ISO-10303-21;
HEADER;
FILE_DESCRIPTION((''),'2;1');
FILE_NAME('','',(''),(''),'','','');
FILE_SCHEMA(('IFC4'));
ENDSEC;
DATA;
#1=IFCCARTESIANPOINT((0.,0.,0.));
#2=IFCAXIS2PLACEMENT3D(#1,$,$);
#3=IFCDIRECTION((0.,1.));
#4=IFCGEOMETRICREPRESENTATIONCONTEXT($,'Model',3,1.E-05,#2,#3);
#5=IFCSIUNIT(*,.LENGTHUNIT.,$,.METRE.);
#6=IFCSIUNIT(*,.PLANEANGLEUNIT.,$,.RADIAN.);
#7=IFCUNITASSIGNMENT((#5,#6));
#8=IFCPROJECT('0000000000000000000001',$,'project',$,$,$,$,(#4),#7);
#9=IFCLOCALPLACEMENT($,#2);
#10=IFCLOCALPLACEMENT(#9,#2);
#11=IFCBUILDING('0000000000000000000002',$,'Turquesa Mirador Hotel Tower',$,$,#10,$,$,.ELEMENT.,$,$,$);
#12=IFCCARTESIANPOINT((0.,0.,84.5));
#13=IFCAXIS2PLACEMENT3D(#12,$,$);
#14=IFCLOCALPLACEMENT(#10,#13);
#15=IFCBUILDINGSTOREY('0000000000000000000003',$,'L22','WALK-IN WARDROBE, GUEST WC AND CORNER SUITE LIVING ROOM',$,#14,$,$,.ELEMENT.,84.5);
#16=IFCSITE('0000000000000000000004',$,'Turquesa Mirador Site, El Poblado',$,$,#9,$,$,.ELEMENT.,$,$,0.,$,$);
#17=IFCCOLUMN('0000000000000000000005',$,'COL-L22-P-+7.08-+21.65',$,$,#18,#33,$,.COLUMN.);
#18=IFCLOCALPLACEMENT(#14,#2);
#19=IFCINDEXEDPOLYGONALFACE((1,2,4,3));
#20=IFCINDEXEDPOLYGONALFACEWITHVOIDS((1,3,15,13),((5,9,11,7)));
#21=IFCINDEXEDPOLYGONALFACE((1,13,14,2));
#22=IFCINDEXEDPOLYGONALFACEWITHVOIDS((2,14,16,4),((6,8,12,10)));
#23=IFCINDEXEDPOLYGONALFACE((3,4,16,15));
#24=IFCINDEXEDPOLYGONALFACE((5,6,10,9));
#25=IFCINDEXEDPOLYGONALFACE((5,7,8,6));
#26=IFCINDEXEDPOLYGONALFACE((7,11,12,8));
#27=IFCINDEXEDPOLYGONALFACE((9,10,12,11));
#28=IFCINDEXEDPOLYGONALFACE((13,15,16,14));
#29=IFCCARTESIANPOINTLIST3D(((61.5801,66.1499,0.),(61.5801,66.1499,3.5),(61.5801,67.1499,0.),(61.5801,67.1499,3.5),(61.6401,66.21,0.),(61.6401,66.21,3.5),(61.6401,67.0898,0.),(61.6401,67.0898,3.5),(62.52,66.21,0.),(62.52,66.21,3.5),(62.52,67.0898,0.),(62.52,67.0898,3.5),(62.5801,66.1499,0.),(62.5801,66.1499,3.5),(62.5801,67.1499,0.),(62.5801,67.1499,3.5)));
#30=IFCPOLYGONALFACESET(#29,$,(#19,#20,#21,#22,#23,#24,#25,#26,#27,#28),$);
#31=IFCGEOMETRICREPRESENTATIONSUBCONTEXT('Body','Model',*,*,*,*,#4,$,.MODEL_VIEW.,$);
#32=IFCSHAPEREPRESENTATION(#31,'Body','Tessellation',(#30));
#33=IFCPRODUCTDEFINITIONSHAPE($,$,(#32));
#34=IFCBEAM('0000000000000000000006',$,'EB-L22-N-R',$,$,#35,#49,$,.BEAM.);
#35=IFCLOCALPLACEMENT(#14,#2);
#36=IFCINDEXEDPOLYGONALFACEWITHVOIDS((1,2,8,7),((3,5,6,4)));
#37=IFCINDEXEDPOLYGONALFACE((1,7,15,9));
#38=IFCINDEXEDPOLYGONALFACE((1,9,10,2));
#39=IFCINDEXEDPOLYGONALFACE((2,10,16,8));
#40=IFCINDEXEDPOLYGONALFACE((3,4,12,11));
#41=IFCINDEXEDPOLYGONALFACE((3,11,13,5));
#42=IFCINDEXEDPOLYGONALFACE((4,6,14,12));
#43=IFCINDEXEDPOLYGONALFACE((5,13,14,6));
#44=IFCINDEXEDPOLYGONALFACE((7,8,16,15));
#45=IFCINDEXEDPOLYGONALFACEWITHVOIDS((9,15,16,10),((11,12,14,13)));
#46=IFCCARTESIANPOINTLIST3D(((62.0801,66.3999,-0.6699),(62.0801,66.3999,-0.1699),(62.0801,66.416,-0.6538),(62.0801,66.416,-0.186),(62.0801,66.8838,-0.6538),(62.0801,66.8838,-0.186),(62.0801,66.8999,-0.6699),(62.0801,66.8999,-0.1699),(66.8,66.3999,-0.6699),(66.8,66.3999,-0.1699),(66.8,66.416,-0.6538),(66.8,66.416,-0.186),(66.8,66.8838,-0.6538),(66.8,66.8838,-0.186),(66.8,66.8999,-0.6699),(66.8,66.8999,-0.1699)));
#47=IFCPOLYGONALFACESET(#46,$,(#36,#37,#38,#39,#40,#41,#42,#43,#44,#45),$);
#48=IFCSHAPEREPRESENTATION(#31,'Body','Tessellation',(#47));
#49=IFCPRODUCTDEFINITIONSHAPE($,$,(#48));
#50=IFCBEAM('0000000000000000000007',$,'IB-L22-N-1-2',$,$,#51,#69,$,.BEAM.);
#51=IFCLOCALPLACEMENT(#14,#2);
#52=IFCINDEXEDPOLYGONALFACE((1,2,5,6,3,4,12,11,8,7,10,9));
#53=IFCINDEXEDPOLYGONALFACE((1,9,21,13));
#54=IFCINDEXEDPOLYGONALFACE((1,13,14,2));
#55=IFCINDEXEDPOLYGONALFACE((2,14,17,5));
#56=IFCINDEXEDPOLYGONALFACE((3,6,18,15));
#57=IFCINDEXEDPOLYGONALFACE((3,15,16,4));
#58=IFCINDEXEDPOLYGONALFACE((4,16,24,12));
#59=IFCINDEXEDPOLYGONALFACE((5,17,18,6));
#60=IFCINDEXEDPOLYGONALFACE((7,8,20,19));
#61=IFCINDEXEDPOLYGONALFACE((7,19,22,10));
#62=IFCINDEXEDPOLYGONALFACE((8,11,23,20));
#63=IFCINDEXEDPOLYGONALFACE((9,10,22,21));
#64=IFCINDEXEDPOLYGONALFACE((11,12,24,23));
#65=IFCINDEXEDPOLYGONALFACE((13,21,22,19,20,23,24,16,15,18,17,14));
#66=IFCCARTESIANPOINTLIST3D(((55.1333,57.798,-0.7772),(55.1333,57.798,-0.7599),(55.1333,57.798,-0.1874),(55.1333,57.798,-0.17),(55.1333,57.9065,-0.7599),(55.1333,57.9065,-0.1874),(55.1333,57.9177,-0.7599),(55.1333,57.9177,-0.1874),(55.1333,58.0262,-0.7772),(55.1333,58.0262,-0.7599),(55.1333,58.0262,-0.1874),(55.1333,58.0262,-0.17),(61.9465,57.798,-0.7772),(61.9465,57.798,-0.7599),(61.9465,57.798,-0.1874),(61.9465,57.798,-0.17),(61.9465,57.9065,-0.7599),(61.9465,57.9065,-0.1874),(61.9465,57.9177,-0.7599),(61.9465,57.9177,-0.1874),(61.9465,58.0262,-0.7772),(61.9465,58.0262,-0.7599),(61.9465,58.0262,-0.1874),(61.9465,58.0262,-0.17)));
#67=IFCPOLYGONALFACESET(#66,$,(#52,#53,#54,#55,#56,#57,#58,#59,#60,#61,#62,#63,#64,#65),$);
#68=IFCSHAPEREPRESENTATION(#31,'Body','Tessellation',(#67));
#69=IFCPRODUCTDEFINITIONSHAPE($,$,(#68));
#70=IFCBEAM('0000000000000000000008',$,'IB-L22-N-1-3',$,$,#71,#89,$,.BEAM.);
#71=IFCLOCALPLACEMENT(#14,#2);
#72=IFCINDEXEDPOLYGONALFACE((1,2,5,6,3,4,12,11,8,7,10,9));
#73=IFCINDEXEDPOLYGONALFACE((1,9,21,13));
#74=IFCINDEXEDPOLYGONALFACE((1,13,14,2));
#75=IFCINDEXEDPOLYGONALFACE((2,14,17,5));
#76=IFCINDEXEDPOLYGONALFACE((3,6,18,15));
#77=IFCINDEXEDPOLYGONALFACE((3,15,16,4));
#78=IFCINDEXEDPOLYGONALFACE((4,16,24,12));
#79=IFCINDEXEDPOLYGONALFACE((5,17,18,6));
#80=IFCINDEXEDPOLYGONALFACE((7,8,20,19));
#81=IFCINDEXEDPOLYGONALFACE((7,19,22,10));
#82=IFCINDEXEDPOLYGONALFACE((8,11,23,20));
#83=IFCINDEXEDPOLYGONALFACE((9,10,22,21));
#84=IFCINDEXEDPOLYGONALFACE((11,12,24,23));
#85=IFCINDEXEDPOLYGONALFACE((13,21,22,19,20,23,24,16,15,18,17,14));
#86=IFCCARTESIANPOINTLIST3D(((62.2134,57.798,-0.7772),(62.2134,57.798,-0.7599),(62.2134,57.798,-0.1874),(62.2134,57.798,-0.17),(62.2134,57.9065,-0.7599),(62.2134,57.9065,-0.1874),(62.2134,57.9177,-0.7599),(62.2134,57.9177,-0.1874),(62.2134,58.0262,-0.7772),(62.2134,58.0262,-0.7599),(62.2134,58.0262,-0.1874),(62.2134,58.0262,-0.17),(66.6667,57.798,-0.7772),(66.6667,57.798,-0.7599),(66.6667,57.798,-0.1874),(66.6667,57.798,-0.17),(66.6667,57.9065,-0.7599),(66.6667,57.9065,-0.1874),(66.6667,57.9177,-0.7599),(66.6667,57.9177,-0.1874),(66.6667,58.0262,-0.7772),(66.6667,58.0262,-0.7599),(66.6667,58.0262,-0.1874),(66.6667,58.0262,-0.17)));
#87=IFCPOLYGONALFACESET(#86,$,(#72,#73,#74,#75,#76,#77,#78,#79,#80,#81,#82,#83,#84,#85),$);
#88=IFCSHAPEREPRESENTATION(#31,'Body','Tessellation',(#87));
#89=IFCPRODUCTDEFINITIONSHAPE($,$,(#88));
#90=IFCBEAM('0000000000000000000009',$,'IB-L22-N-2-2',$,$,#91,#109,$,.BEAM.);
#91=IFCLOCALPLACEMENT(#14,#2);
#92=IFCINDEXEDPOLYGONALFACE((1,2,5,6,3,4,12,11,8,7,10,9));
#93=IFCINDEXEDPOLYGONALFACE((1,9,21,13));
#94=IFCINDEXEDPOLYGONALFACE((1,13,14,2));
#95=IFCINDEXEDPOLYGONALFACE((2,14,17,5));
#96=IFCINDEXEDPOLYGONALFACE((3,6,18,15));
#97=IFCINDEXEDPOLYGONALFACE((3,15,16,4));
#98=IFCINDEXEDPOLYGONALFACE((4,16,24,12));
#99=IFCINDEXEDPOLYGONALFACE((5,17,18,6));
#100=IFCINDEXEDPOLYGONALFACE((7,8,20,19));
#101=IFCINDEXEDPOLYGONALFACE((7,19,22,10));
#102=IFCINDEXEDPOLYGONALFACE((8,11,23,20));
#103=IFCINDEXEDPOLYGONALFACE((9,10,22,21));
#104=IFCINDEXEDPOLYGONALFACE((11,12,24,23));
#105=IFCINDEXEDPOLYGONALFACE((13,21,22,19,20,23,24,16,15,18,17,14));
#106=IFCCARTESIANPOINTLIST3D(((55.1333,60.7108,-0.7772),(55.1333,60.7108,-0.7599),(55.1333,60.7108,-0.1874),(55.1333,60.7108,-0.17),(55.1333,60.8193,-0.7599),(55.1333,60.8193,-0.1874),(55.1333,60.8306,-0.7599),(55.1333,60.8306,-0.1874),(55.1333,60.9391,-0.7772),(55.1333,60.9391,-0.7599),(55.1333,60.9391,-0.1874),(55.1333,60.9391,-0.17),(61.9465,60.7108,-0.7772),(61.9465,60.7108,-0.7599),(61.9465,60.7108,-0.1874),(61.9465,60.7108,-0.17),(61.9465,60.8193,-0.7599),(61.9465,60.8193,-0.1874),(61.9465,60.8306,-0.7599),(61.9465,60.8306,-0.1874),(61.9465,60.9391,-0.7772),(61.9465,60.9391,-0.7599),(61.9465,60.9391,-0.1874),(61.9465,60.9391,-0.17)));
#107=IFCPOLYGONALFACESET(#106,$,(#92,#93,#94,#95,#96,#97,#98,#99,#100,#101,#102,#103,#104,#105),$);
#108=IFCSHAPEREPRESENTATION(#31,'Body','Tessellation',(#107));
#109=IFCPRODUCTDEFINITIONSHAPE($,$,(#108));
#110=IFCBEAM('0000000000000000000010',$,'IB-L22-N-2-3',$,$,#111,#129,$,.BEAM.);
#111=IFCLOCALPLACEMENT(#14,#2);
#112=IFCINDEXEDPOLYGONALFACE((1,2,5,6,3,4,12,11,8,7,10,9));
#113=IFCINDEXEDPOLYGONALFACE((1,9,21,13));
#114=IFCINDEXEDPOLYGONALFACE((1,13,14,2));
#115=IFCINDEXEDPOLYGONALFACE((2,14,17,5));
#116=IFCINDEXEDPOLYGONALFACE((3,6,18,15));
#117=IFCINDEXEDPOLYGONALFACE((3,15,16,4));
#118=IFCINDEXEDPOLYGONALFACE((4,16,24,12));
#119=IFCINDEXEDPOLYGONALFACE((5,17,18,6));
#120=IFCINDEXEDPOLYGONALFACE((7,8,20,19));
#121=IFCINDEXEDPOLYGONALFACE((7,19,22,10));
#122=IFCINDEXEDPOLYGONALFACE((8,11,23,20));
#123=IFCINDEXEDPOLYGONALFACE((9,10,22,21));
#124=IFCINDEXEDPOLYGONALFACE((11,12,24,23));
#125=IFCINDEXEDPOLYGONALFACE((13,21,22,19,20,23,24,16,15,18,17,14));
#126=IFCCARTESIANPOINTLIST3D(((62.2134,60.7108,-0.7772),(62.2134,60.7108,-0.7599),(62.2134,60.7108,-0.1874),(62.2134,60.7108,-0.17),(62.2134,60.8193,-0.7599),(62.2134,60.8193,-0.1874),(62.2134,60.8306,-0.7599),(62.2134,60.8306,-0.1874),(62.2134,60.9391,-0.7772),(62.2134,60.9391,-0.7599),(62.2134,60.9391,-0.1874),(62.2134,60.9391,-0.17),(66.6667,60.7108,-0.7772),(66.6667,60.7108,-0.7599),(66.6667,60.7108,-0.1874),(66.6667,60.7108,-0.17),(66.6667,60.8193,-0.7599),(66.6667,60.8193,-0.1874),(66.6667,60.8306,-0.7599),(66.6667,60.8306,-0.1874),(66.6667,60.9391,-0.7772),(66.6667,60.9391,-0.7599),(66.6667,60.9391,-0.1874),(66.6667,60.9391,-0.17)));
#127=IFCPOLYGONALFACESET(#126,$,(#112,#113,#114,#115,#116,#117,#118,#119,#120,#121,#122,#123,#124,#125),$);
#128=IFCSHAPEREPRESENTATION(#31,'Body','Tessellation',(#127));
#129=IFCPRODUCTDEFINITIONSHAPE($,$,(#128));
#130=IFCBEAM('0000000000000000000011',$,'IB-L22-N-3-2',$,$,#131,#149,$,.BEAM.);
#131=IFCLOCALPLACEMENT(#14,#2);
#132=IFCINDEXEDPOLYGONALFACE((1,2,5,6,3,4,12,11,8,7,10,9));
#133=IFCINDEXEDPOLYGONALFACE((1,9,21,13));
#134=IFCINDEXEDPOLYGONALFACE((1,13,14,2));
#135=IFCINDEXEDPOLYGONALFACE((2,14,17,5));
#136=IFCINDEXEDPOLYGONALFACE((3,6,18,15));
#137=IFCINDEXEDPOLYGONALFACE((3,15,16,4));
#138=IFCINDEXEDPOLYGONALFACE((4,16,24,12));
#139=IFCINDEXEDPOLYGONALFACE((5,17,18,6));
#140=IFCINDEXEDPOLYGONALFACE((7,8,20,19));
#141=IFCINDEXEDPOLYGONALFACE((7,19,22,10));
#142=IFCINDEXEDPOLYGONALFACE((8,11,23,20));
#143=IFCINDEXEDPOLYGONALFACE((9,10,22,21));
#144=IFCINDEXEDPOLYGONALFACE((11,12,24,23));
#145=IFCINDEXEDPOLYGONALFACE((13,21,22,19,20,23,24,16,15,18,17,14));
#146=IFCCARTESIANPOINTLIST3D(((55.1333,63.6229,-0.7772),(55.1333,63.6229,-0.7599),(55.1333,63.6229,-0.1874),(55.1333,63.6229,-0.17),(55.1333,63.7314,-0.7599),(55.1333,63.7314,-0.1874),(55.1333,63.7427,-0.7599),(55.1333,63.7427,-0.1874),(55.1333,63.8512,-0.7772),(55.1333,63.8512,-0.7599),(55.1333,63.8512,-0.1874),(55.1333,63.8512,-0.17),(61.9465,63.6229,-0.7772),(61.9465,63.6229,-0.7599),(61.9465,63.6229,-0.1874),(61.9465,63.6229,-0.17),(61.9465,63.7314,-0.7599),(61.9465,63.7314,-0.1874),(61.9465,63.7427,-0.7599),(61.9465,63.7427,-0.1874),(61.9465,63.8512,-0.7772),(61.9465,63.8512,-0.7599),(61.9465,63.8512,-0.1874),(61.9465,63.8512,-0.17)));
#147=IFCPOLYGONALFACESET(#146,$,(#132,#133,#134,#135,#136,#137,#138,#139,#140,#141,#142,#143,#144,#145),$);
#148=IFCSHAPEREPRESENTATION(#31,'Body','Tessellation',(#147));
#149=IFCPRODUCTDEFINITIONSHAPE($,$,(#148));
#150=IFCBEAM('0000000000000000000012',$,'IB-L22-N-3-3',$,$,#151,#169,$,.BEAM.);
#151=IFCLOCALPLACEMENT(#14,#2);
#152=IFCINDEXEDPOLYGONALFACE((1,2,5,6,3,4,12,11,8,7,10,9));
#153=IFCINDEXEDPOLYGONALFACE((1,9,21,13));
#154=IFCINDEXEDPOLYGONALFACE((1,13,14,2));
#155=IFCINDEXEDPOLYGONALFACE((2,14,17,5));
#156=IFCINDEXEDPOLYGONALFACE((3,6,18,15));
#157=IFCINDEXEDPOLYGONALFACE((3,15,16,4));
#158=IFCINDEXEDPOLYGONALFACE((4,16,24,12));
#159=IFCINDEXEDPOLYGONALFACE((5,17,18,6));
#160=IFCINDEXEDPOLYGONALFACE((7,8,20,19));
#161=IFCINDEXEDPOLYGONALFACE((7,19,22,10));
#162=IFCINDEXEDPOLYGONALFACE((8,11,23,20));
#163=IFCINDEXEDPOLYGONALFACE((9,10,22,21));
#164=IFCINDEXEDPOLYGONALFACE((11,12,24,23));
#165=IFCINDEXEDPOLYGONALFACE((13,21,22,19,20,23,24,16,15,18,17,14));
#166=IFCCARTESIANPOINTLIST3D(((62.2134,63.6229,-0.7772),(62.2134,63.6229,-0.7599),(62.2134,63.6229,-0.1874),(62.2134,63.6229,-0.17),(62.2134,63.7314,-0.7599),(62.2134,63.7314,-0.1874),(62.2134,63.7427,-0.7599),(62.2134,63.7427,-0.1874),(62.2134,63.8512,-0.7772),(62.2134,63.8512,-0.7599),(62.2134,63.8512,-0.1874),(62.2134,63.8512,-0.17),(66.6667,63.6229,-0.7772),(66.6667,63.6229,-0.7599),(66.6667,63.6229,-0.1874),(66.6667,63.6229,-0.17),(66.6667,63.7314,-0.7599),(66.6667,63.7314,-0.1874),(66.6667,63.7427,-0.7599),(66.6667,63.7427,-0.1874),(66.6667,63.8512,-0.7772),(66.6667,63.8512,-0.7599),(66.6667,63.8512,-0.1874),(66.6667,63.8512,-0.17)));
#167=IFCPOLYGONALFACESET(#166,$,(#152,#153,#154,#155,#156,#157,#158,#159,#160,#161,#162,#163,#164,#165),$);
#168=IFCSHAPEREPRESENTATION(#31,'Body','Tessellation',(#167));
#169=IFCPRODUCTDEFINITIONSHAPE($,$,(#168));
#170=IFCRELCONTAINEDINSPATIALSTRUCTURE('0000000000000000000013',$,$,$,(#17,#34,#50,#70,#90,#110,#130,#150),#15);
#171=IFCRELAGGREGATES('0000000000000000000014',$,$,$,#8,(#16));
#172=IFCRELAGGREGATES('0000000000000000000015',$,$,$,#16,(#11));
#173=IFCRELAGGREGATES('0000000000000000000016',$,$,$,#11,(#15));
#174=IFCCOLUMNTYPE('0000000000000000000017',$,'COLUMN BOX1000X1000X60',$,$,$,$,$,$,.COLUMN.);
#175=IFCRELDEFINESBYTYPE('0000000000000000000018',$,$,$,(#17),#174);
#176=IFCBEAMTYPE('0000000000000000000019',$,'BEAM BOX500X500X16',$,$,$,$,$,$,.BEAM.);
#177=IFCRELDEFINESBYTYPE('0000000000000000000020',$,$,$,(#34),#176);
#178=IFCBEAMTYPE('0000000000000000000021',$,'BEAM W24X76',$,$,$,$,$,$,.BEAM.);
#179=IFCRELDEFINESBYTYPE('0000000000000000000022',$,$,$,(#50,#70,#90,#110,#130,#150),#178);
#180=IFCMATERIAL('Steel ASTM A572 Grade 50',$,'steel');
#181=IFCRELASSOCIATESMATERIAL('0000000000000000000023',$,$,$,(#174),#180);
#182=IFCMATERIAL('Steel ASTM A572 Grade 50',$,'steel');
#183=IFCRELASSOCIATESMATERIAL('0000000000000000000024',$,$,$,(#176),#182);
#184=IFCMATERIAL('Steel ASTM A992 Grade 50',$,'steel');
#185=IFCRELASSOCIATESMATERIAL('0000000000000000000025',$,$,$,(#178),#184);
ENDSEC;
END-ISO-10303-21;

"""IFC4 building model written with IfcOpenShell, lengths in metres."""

from ifc_helpers import new_model, si_unit, direction, frame, origin, origin_2d, place, context, subcontext, project, spatial, hollow_rectangle, i_section, extrude, material, material_profile, profile_set, type_object, element, save


model = new_model("IFC4")

# Units and contexts
model_context = context("Model", 3, precision=1e-05, world=origin(), true_north=direction((0.0, 1.0)))
body_context = subcontext(model_context, "Body", "Model", "MODEL_VIEW")
ifc_project = project(units=[si_unit("LENGTHUNIT", "METRE"), si_unit("PLANEANGLEUNIT", "RADIAN")], contexts=[model_context])

# Site, building, storey
site_placement = place(None, origin())
site = spatial("IfcSite", under=ifc_project, at=site_placement, Name="Turquesa Mirador Site, El Poblado", CompositionType="ELEMENT", RefElevation=0.0)
building_placement = place(site_placement, origin())
building = spatial("IfcBuilding", under=site, at=building_placement, Name="Turquesa Mirador Hotel Tower", CompositionType="ELEMENT")
storey_placement = place(building_placement, frame((0.0, 0.0, 84.5)))
storey = spatial("IfcBuildingStorey", under=building, at=storey_placement, Name="L22", Description="WALK-IN WARDROBE, GUEST WC AND CORNER SUITE LIVING ROOM", CompositionType="ELEMENT", Elevation=84.5)

# Column
ifc_material_1 = material(Name="Steel ASTM A572 Grade 50", Category="steel")
ifc_material_profile_1 = material_profile(ifc_material_1, hollow_rectangle(XDim=1.0, YDim=1.0, WallThickness=0.0601, at=origin_2d()), Name="BOX1000X1000X60")
ifc_profile_set_1 = profile_set([ifc_material_profile_1], Name="Steel ASTM A572 Grade 50")
column_type = type_object("IfcColumnType", Name="COLUMN BOX1000X1000X60", PredefinedType="COLUMN", material=ifc_profile_set_1)
column_placement = place(storey_placement, frame((62.0801, 66.6499, 0.0), z_axis=(0.0, 0.0, 1.0), x_axis=(1.0, 0.0, 0.0)))
element("IfcColumn", 1, at=column_placement, inside=storey, type_object=column_type, Name="COL-L22-P-+7.08-+21.65", PredefinedType="COLUMN", context=body_context, shape_type="SweptSolid", body=[
    extrude(hollow_rectangle(XDim=1.0, YDim=1.0, WallThickness=0.0601, at=origin_2d()), origin(), (0.0, 0.0, 1.0), 3.5),
])

# Beams
ifc_material_2 = material(Name="Steel ASTM A572 Grade 50", Category="steel")
ifc_material_profile_2 = material_profile(ifc_material_2, hollow_rectangle(XDim=0.5, YDim=0.5, WallThickness=0.0161, at=origin_2d()), Name="BOX500X500X16")
ifc_profile_set_2 = profile_set([ifc_material_profile_2], Name="Steel ASTM A572 Grade 50")
beam_type_1 = type_object("IfcBeamType", Name="BEAM BOX500X500X16", PredefinedType="BEAM", material=ifc_profile_set_2)
beam_1_placement = place(storey_placement, frame((62.0801, 66.6499, -0.4199), z_axis=(1.0, 0.0, 0.0), x_axis=(0.0, 1.0, 0.0)))
element("IfcBeam", 2, at=beam_1_placement, inside=storey, type_object=beam_type_1, Name="EB-L22-N-R", PredefinedType="BEAM", context=body_context, shape_type="SweptSolid", body=[
    extrude(hollow_rectangle(XDim=0.5, YDim=0.5, WallThickness=0.0161, at=origin_2d()), origin(), (0.0, 0.0, 1.0), 4.72),
])
ifc_material_3 = material(Name="Steel ASTM A992 Grade 50", Category="steel")
ifc_material_profile_3 = material_profile(ifc_material_3, i_section(OverallWidth=0.2283, OverallDepth=0.6072, WebThickness=0.0112, FlangeThickness=0.0173, at=origin_2d()), Name="W24X76")
ifc_profile_set_3 = profile_set([ifc_material_profile_3], Name="Steel ASTM A992 Grade 50")
beam_type_2 = type_object("IfcBeamType", Name="BEAM W24X76", PredefinedType="BEAM", material=ifc_profile_set_3)
beam_2_placement = place(storey_placement, frame((55.1333, 57.9121, -0.4736), z_axis=(1.0, 0.0, 0.0), x_axis=(0.0, 1.0, 0.0)))
element("IfcBeam", 3, at=beam_2_placement, inside=storey, type_object=beam_type_2, Name="IB-L22-N-1-2", PredefinedType="BEAM", context=body_context, shape_type="SweptSolid", body=[
    extrude(i_section(OverallWidth=0.2283, OverallDepth=0.6072, WebThickness=0.0112, FlangeThickness=0.0173, at=origin_2d()), origin(), (0.0, 0.0, 1.0), 6.8132),
])
beam_3_placement = place(storey_placement, frame((62.2134, 57.9121, -0.4736), z_axis=(1.0, 0.0, 0.0), x_axis=(0.0, 1.0, 0.0)))
element("IfcBeam", 4, at=beam_3_placement, inside=storey, type_object=beam_type_2, Name="IB-L22-N-1-3", PredefinedType="BEAM", context=body_context, shape_type="SweptSolid", body=[
    extrude(i_section(OverallWidth=0.2283, OverallDepth=0.6072, WebThickness=0.0112, FlangeThickness=0.0173, at=origin_2d()), origin(), (0.0, 0.0, 1.0), 4.4534),
])
beam_4_placement = place(storey_placement, frame((55.1333, 60.825, -0.4736), z_axis=(1.0, 0.0, 0.0), x_axis=(0.0, 1.0, 0.0)))
element("IfcBeam", 5, at=beam_4_placement, inside=storey, type_object=beam_type_2, Name="IB-L22-N-2-2", PredefinedType="BEAM", context=body_context, shape_type="SweptSolid", body=[
    extrude(i_section(OverallWidth=0.2283, OverallDepth=0.6072, WebThickness=0.0112, FlangeThickness=0.0173, at=origin_2d()), origin(), (0.0, 0.0, 1.0), 6.8132),
])
beam_5_placement = place(storey_placement, frame((62.2134, 60.825, -0.4736), z_axis=(1.0, 0.0, 0.0), x_axis=(0.0, 1.0, 0.0)))
element("IfcBeam", 6, at=beam_5_placement, inside=storey, type_object=beam_type_2, Name="IB-L22-N-2-3", PredefinedType="BEAM", context=body_context, shape_type="SweptSolid", body=[
    extrude(i_section(OverallWidth=0.2283, OverallDepth=0.6072, WebThickness=0.0112, FlangeThickness=0.0173, at=origin_2d()), origin(), (0.0, 0.0, 1.0), 4.4534),
])
beam_6_placement = place(storey_placement, frame((55.1333, 63.7371, -0.4736), z_axis=(1.0, 0.0, 0.0), x_axis=(0.0, 1.0, 0.0)))
element("IfcBeam", 7, at=beam_6_placement, inside=storey, type_object=beam_type_2, Name="IB-L22-N-3-2", PredefinedType="BEAM", context=body_context, shape_type="SweptSolid", body=[
    extrude(i_section(OverallWidth=0.2283, OverallDepth=0.6072, WebThickness=0.0112, FlangeThickness=0.0173, at=origin_2d()), origin(), (0.0, 0.0, 1.0), 6.8132),
])
beam_7_placement = place(storey_placement, frame((62.2134, 63.7371, -0.4736), z_axis=(1.0, 0.0, 0.0), x_axis=(0.0, 1.0, 0.0)))
element("IfcBeam", 8, at=beam_7_placement, inside=storey, type_object=beam_type_2, Name="IB-L22-N-3-3", PredefinedType="BEAM", context=body_context, shape_type="SweptSolid", body=[
    extrude(i_section(OverallWidth=0.2283, OverallDepth=0.6072, WebThickness=0.0112, FlangeThickness=0.0173, at=origin_2d()), origin(), (0.0, 0.0, 1.0), 4.4534),
])

save(model, "model.ifc")
